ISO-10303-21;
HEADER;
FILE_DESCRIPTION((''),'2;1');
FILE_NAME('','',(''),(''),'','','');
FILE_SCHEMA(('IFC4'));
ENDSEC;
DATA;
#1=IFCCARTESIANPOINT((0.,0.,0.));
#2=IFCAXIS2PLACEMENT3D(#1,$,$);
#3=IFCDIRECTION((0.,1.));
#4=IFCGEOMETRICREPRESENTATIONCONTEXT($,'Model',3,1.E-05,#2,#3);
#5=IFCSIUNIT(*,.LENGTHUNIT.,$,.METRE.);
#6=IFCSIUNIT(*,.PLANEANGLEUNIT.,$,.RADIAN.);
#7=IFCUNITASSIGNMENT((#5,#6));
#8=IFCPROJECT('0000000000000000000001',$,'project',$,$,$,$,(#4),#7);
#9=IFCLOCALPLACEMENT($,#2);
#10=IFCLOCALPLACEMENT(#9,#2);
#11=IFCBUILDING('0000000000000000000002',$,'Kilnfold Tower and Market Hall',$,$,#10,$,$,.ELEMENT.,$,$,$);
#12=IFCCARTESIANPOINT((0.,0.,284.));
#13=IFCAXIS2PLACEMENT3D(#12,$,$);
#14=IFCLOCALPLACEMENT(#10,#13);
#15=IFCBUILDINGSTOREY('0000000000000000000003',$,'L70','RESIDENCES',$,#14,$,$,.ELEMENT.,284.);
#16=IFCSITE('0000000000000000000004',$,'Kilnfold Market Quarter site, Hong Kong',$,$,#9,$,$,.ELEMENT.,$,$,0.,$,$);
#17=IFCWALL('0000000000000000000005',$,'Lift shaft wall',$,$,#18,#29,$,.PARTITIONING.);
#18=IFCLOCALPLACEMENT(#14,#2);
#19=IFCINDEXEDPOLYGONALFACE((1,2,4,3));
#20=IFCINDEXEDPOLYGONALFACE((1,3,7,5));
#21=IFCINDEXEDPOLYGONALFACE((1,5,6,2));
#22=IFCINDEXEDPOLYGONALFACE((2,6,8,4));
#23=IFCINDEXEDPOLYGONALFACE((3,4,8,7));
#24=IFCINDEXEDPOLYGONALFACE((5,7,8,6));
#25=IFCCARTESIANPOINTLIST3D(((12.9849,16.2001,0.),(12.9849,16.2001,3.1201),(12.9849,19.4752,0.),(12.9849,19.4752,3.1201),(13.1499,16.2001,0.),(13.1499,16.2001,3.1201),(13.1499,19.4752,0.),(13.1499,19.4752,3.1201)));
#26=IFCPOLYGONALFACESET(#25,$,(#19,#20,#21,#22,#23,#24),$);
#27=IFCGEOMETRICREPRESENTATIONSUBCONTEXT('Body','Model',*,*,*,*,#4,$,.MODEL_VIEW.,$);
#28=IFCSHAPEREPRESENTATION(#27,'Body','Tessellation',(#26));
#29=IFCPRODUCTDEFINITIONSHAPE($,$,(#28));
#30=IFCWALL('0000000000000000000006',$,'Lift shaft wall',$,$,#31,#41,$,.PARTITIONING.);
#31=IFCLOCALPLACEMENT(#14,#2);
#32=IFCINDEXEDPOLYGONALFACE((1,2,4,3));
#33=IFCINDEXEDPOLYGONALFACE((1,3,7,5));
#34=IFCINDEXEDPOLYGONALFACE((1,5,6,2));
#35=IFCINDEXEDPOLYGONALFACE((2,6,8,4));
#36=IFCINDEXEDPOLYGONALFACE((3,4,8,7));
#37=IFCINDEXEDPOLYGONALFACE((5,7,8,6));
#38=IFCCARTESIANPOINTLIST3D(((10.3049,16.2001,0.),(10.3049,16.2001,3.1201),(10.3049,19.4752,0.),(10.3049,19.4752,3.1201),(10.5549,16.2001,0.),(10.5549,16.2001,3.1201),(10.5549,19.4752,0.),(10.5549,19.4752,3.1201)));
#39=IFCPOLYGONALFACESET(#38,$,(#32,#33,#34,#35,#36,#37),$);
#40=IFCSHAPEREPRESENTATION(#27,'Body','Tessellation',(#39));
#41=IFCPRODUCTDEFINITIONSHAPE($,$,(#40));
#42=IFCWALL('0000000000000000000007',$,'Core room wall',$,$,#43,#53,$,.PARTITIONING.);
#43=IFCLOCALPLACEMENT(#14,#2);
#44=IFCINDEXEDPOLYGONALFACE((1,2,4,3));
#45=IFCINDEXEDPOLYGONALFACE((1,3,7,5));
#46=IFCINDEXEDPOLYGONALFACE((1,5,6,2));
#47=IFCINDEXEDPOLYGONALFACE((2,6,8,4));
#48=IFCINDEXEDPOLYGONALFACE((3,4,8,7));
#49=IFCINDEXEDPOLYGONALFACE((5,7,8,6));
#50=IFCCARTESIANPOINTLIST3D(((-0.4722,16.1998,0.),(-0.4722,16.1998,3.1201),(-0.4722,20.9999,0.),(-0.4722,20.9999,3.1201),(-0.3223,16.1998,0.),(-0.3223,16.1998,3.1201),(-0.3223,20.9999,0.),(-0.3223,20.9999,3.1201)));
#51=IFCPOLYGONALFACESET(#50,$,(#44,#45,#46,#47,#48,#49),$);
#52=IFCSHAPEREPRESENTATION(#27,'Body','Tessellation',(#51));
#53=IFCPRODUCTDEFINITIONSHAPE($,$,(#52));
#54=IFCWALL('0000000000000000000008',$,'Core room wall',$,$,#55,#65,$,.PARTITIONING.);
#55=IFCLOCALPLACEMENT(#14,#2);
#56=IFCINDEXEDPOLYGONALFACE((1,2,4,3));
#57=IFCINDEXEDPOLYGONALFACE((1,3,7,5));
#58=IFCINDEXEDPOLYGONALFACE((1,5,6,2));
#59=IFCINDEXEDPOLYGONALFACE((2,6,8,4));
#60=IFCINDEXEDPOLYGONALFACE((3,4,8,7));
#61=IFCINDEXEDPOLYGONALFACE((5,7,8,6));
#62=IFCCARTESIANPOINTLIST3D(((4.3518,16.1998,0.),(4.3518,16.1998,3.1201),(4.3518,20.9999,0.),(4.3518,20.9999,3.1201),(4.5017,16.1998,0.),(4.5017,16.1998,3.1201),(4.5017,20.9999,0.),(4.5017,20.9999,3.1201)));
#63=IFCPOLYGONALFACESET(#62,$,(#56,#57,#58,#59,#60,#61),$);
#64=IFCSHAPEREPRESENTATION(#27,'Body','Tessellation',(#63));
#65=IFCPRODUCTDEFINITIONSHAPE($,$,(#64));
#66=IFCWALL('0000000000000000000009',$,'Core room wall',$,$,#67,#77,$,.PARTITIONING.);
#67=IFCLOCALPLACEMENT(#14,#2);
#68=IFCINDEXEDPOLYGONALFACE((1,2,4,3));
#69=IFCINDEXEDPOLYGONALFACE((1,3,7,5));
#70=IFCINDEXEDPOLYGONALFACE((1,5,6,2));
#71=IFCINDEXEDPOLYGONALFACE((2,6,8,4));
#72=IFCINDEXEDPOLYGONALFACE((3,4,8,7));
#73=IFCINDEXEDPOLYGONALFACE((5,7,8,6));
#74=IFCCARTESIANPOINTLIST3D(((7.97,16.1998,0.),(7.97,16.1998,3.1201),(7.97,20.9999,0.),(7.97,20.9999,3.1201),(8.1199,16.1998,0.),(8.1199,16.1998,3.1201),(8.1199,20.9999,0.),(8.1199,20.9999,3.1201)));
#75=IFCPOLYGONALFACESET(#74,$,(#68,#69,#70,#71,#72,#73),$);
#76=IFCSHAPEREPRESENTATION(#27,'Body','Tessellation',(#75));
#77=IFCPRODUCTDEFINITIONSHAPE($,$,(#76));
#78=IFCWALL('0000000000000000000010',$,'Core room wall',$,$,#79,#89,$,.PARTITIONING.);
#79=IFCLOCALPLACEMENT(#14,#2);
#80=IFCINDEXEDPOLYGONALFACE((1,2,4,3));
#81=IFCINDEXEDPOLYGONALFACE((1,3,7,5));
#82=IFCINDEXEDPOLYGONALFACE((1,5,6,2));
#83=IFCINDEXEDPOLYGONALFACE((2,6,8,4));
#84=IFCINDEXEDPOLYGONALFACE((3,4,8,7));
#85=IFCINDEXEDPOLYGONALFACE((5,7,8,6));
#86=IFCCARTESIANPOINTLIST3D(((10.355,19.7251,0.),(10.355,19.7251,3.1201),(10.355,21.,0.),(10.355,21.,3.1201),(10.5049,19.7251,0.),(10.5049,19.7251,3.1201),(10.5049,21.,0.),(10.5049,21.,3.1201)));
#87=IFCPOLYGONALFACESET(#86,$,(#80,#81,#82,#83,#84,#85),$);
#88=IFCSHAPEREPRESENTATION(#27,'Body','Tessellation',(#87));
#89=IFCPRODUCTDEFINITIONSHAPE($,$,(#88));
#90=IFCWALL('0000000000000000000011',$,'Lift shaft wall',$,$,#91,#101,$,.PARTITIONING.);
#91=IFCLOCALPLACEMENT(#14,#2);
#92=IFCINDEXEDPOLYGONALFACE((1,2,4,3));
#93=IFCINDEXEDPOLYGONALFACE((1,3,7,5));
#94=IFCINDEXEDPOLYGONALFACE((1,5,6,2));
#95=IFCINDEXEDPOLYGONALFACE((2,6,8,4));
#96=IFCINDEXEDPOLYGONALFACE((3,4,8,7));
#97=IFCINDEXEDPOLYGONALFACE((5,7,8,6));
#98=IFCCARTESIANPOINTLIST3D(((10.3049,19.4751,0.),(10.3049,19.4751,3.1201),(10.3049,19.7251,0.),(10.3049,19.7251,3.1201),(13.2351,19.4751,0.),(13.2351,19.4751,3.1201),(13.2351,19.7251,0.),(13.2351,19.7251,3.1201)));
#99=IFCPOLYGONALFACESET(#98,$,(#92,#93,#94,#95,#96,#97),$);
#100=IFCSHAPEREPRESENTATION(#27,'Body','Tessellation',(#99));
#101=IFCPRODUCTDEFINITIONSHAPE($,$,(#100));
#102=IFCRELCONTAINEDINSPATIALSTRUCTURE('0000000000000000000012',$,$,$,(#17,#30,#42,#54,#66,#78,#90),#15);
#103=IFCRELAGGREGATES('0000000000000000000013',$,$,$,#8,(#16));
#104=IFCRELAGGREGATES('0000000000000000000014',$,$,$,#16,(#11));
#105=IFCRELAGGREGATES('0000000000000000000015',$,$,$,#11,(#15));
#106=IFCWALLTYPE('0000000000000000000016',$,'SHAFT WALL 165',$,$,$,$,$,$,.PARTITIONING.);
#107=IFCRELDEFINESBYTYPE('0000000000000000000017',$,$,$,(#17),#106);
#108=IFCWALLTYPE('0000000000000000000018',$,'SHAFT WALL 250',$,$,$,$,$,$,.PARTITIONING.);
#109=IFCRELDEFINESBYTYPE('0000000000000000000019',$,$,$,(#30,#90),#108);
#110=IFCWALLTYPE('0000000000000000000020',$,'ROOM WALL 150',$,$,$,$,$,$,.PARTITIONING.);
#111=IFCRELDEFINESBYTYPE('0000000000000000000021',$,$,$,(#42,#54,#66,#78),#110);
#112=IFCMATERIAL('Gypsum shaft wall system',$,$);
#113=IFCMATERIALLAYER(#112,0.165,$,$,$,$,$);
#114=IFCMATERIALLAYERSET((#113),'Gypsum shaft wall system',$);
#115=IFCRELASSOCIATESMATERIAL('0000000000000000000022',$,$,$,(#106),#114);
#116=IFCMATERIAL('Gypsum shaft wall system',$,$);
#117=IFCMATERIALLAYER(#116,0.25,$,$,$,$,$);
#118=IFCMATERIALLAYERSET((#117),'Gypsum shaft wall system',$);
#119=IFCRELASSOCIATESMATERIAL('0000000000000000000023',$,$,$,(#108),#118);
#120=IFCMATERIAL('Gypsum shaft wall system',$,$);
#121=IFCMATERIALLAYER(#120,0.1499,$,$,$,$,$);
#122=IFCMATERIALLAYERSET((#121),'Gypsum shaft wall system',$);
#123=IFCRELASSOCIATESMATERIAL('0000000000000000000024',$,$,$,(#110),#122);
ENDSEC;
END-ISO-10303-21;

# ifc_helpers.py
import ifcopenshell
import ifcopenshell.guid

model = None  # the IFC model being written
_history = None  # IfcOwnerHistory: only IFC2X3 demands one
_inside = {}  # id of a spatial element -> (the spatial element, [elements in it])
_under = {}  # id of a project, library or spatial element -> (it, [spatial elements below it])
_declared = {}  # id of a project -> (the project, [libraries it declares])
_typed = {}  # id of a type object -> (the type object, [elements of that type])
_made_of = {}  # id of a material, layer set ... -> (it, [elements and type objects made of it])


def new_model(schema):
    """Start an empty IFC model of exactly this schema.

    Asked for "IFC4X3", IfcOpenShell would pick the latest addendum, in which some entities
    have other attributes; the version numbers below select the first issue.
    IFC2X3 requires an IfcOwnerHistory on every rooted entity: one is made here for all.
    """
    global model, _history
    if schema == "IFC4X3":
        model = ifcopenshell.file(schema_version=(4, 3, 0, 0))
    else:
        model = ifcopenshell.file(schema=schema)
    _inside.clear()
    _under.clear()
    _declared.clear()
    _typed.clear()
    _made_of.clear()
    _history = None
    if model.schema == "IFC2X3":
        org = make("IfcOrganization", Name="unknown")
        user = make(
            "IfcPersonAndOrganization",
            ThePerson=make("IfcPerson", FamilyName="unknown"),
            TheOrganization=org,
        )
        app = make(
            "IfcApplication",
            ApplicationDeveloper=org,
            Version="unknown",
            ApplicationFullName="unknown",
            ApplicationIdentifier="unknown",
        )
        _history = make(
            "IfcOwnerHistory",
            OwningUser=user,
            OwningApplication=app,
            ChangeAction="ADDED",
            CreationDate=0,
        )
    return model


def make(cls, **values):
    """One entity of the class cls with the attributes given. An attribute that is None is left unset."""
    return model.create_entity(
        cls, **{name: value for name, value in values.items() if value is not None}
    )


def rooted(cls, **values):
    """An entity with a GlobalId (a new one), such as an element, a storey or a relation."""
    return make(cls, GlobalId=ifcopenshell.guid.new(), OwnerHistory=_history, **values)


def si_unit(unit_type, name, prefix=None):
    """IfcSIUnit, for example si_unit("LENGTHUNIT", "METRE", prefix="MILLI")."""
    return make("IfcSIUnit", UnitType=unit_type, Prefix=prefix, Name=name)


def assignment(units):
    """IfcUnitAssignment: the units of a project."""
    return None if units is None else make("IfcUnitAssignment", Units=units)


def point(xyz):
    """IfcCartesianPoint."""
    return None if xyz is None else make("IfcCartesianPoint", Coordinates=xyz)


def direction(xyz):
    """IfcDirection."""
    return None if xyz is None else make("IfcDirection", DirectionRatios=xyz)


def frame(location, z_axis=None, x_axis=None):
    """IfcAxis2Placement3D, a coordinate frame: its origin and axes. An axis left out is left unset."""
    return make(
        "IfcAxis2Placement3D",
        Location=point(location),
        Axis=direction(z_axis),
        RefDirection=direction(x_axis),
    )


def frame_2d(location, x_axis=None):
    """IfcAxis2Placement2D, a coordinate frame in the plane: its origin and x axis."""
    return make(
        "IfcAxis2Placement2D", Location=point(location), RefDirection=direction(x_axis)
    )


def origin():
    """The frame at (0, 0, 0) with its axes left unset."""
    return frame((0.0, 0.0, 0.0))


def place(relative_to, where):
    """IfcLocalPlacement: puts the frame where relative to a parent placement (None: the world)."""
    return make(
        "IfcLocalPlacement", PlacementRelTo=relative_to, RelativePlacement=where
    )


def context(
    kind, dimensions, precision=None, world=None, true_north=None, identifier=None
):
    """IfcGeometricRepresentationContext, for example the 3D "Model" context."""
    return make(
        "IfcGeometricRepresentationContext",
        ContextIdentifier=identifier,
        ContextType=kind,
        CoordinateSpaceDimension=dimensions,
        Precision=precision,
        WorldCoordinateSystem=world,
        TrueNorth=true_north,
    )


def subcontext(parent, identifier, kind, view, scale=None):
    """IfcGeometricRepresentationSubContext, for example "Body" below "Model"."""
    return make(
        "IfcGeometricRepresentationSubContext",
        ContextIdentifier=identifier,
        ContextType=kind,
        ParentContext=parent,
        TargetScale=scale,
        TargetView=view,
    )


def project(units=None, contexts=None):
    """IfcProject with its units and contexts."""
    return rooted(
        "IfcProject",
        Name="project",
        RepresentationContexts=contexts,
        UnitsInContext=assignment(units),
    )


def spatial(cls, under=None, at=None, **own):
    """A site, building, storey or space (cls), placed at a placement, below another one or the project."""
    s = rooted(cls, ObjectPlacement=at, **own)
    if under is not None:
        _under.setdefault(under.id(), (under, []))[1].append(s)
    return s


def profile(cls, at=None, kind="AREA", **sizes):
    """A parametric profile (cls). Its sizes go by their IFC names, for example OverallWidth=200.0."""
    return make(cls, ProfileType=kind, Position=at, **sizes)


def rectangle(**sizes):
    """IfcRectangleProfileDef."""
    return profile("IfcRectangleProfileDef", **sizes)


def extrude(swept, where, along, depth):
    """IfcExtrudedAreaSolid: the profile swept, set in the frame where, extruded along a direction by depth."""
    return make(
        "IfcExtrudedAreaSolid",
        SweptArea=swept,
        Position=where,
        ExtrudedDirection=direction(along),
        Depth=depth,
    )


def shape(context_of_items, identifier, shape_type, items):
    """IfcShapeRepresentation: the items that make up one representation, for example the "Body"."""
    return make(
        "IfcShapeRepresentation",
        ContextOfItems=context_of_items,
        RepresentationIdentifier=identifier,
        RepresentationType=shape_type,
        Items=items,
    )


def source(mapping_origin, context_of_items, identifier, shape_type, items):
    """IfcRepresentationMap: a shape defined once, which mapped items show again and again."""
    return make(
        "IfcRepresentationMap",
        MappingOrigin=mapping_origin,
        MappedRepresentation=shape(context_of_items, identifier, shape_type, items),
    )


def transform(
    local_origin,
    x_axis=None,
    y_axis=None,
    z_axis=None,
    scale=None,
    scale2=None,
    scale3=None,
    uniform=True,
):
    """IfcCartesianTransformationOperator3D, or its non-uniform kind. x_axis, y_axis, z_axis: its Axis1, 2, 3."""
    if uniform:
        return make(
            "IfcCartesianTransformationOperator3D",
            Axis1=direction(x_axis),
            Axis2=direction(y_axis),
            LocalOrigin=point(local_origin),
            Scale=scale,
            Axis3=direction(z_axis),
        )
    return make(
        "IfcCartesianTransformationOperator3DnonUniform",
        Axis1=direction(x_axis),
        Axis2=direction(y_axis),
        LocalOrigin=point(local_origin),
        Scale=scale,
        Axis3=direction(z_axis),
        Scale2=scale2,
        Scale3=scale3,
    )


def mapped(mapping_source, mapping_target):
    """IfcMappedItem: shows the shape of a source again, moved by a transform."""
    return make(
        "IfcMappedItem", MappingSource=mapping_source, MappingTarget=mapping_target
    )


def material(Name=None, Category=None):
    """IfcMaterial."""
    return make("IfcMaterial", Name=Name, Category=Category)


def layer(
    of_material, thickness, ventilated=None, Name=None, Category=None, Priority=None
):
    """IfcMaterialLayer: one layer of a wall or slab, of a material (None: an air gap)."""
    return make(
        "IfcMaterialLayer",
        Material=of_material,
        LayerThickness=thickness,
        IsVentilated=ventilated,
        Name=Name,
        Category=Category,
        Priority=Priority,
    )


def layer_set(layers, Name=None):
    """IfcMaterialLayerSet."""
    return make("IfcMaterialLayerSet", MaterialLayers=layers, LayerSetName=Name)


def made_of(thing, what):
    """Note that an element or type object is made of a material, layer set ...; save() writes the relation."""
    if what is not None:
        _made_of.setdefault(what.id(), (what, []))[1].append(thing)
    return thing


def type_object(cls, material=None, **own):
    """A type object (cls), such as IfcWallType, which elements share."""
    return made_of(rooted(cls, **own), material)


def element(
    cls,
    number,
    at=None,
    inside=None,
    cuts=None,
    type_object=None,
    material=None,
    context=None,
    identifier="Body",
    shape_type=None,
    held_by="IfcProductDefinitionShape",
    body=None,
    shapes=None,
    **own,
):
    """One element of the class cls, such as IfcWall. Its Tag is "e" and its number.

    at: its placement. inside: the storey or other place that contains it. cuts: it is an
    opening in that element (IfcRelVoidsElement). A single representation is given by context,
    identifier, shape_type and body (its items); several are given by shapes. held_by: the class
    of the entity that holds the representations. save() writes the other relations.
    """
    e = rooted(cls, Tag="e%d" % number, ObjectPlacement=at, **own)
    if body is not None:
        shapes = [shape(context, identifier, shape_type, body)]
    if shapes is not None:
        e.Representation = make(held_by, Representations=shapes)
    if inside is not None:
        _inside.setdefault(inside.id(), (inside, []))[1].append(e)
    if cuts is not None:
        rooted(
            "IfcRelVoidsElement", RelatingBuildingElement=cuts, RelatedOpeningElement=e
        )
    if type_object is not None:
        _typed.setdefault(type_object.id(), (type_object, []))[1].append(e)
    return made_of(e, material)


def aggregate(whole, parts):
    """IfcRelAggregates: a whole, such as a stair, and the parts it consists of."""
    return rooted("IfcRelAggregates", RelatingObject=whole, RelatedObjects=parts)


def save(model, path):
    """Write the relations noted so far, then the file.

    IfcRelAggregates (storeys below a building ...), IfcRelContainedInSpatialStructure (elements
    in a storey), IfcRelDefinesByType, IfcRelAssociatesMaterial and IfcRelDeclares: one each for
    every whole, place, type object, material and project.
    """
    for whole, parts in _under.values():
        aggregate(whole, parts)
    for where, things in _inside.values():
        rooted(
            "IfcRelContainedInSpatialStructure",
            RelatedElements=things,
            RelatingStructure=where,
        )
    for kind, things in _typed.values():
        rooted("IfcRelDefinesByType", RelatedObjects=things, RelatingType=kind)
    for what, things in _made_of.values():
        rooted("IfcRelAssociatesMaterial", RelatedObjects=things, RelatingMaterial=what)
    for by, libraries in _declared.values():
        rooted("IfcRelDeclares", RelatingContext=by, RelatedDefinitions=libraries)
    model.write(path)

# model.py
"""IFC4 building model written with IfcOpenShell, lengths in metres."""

from ifc_helpers import new_model, si_unit, direction, frame, frame_2d, origin, place, context, subcontext, project, spatial, rectangle, extrude, source, transform, mapped, material, layer, layer_set, type_object, element, save


model = new_model("IFC4")

# Units and contexts
model_context = context("Model", 3, precision=1e-05, world=origin(), true_north=direction((0.0, 1.0)))
body_context = subcontext(model_context, "Body", "Model", "MODEL_VIEW")
ifc_project = project(units=[si_unit("LENGTHUNIT", "METRE"), si_unit("PLANEANGLEUNIT", "RADIAN")], contexts=[model_context])

# Site, building, storey
site_placement = place(None, origin())
site = spatial("IfcSite", under=ifc_project, at=site_placement, Name="Kilnfold Market Quarter site, Hong Kong", CompositionType="ELEMENT", RefElevation=0.0)
building_placement = place(site_placement, origin())
building = spatial("IfcBuilding", under=site, at=building_placement, Name="Kilnfold Tower and Market Hall", CompositionType="ELEMENT")
storey_placement = place(building_placement, frame((0.0, 0.0, 284.0)))
storey = spatial("IfcBuildingStorey", under=building, at=storey_placement, Name="L70", Description="RESIDENCES", CompositionType="ELEMENT", Elevation=284.0)

# Walls
ifc_material_1 = material(Name="Gypsum shaft wall system")
ifc_layer_1 = layer(ifc_material_1, 0.165)
ifc_layer_set_1 = layer_set([ifc_layer_1], Name="Gypsum shaft wall system")
wall_type_1 = type_object("IfcWallType", Name="SHAFT WALL 165", PredefinedType="PARTITIONING", material=ifc_layer_set_1)
shared_shape_1 = source(origin(), body_context, "Body", "SweptSolid", [
    extrude(rectangle(XDim=3.2751, YDim=0.165, at=frame_2d((1.6377, 0.0))), origin(), (0.0, 0.0, 1.0), 3.1201),
])
wall_1_placement = place(storey_placement, frame((13.0674, 16.2, 0.0), z_axis=(0.0, 0.0, 1.0), x_axis=(0.0, 1.0, 0.0)))
element("IfcWall", 1, at=wall_1_placement, inside=storey, type_object=wall_type_1, Name="Lift shaft wall", PredefinedType="PARTITIONING", context=body_context, shape_type="MappedRepresentation", body=[
    mapped(shared_shape_1, transform((0.0, 0.0, 0.0))),
])
ifc_material_2 = material(Name="Gypsum shaft wall system")
ifc_layer_2 = layer(ifc_material_2, 0.25)
ifc_layer_set_2 = layer_set([ifc_layer_2], Name="Gypsum shaft wall system")
wall_type_2 = type_object("IfcWallType", Name="SHAFT WALL 250", PredefinedType="PARTITIONING", material=ifc_layer_set_2)
shared_shape_2 = source(origin(), body_context, "Body", "SweptSolid", [
    extrude(rectangle(XDim=3.2751, YDim=0.25, at=frame_2d((1.6377, 0.0))), origin(), (0.0, 0.0, 1.0), 3.1201),
])
wall_2_placement = place(storey_placement, frame((10.4299, 16.2, 0.0), z_axis=(0.0, 0.0, 1.0), x_axis=(0.0, 1.0, 0.0)))
element("IfcWall", 2, at=wall_2_placement, inside=storey, type_object=wall_type_2, Name="Lift shaft wall", PredefinedType="PARTITIONING", context=body_context, shape_type="MappedRepresentation", body=[
    mapped(shared_shape_2, transform((0.0, 0.0, 0.0))),
])
ifc_material_3 = material(Name="Gypsum shaft wall system")
ifc_layer_3 = layer(ifc_material_3, 0.1499)
ifc_layer_set_3 = layer_set([ifc_layer_3], Name="Gypsum shaft wall system")
wall_type_3 = type_object("IfcWallType", Name="ROOM WALL 150", PredefinedType="PARTITIONING", material=ifc_layer_set_3)
shared_shape_3 = source(origin(), body_context, "Body", "SweptSolid", [
    extrude(rectangle(XDim=4.8, YDim=0.1499, at=frame_2d((2.3999, 0.0))), origin(), (0.0, 0.0, 1.0), 3.1201),
])
for number, where, z_axis, x_axis, name in (
    (3, (-0.3972, 16.2, 0.0), (0.0, 0.0, 1.0), (0.0, 1.0, 0.0), "Core room wall"),
    (4, (4.4268, 16.2, 0.0), (0.0, 0.0, 1.0), (0.0, 1.0, 0.0), "Core room wall"),
    (5, (8.0449, 16.2, 0.0), (0.0, 0.0, 1.0), (0.0, 1.0, 0.0), "Core room wall"),
):
    element("IfcWall", number, at=place(storey_placement, frame(where, z_axis=z_axis, x_axis=x_axis)), inside=storey, type_object=wall_type_3, Name=name, PredefinedType="PARTITIONING", context=body_context, shape_type="MappedRepresentation", body=[
        mapped(shared_shape_3, transform((0.0, 0.0, 0.0))),
    ])
shared_shape_4 = source(origin(), body_context, "Body", "SweptSolid", [
    extrude(rectangle(XDim=1.2749, YDim=0.1499, at=frame_2d((0.6375, 0.0))), origin(), (0.0, 0.0, 1.0), 3.1201),
])
wall_3_placement = place(storey_placement, frame((10.4299, 19.7251, 0.0), z_axis=(0.0, 0.0, 1.0), x_axis=(0.0, 1.0, 0.0)))
element("IfcWall", 6, at=wall_3_placement, inside=storey, type_object=wall_type_3, Name="Core room wall", PredefinedType="PARTITIONING", context=body_context, shape_type="MappedRepresentation", body=[
    mapped(shared_shape_4, transform((0.0, 0.0, 0.0))),
])
shared_shape_5 = source(origin(), body_context, "Body", "SweptSolid", [
    extrude(rectangle(XDim=2.9302, YDim=0.25, at=frame_2d((1.4651, 0.0))), origin(), (0.0, 0.0, 1.0), 3.1201),
])
wall_4_placement = place(storey_placement, frame((10.3049, 19.6001, 0.0), z_axis=(0.0, 0.0, 1.0), x_axis=(1.0, 0.0, 0.0)))
element("IfcWall", 7, at=wall_4_placement, inside=storey, type_object=wall_type_2, Name="Lift shaft wall", PredefinedType="PARTITIONING", context=body_context, shape_type="MappedRepresentation", body=[
    mapped(shared_shape_5, transform((0.0, 0.0, 0.0))),
])

save(model, "model.ifc")
